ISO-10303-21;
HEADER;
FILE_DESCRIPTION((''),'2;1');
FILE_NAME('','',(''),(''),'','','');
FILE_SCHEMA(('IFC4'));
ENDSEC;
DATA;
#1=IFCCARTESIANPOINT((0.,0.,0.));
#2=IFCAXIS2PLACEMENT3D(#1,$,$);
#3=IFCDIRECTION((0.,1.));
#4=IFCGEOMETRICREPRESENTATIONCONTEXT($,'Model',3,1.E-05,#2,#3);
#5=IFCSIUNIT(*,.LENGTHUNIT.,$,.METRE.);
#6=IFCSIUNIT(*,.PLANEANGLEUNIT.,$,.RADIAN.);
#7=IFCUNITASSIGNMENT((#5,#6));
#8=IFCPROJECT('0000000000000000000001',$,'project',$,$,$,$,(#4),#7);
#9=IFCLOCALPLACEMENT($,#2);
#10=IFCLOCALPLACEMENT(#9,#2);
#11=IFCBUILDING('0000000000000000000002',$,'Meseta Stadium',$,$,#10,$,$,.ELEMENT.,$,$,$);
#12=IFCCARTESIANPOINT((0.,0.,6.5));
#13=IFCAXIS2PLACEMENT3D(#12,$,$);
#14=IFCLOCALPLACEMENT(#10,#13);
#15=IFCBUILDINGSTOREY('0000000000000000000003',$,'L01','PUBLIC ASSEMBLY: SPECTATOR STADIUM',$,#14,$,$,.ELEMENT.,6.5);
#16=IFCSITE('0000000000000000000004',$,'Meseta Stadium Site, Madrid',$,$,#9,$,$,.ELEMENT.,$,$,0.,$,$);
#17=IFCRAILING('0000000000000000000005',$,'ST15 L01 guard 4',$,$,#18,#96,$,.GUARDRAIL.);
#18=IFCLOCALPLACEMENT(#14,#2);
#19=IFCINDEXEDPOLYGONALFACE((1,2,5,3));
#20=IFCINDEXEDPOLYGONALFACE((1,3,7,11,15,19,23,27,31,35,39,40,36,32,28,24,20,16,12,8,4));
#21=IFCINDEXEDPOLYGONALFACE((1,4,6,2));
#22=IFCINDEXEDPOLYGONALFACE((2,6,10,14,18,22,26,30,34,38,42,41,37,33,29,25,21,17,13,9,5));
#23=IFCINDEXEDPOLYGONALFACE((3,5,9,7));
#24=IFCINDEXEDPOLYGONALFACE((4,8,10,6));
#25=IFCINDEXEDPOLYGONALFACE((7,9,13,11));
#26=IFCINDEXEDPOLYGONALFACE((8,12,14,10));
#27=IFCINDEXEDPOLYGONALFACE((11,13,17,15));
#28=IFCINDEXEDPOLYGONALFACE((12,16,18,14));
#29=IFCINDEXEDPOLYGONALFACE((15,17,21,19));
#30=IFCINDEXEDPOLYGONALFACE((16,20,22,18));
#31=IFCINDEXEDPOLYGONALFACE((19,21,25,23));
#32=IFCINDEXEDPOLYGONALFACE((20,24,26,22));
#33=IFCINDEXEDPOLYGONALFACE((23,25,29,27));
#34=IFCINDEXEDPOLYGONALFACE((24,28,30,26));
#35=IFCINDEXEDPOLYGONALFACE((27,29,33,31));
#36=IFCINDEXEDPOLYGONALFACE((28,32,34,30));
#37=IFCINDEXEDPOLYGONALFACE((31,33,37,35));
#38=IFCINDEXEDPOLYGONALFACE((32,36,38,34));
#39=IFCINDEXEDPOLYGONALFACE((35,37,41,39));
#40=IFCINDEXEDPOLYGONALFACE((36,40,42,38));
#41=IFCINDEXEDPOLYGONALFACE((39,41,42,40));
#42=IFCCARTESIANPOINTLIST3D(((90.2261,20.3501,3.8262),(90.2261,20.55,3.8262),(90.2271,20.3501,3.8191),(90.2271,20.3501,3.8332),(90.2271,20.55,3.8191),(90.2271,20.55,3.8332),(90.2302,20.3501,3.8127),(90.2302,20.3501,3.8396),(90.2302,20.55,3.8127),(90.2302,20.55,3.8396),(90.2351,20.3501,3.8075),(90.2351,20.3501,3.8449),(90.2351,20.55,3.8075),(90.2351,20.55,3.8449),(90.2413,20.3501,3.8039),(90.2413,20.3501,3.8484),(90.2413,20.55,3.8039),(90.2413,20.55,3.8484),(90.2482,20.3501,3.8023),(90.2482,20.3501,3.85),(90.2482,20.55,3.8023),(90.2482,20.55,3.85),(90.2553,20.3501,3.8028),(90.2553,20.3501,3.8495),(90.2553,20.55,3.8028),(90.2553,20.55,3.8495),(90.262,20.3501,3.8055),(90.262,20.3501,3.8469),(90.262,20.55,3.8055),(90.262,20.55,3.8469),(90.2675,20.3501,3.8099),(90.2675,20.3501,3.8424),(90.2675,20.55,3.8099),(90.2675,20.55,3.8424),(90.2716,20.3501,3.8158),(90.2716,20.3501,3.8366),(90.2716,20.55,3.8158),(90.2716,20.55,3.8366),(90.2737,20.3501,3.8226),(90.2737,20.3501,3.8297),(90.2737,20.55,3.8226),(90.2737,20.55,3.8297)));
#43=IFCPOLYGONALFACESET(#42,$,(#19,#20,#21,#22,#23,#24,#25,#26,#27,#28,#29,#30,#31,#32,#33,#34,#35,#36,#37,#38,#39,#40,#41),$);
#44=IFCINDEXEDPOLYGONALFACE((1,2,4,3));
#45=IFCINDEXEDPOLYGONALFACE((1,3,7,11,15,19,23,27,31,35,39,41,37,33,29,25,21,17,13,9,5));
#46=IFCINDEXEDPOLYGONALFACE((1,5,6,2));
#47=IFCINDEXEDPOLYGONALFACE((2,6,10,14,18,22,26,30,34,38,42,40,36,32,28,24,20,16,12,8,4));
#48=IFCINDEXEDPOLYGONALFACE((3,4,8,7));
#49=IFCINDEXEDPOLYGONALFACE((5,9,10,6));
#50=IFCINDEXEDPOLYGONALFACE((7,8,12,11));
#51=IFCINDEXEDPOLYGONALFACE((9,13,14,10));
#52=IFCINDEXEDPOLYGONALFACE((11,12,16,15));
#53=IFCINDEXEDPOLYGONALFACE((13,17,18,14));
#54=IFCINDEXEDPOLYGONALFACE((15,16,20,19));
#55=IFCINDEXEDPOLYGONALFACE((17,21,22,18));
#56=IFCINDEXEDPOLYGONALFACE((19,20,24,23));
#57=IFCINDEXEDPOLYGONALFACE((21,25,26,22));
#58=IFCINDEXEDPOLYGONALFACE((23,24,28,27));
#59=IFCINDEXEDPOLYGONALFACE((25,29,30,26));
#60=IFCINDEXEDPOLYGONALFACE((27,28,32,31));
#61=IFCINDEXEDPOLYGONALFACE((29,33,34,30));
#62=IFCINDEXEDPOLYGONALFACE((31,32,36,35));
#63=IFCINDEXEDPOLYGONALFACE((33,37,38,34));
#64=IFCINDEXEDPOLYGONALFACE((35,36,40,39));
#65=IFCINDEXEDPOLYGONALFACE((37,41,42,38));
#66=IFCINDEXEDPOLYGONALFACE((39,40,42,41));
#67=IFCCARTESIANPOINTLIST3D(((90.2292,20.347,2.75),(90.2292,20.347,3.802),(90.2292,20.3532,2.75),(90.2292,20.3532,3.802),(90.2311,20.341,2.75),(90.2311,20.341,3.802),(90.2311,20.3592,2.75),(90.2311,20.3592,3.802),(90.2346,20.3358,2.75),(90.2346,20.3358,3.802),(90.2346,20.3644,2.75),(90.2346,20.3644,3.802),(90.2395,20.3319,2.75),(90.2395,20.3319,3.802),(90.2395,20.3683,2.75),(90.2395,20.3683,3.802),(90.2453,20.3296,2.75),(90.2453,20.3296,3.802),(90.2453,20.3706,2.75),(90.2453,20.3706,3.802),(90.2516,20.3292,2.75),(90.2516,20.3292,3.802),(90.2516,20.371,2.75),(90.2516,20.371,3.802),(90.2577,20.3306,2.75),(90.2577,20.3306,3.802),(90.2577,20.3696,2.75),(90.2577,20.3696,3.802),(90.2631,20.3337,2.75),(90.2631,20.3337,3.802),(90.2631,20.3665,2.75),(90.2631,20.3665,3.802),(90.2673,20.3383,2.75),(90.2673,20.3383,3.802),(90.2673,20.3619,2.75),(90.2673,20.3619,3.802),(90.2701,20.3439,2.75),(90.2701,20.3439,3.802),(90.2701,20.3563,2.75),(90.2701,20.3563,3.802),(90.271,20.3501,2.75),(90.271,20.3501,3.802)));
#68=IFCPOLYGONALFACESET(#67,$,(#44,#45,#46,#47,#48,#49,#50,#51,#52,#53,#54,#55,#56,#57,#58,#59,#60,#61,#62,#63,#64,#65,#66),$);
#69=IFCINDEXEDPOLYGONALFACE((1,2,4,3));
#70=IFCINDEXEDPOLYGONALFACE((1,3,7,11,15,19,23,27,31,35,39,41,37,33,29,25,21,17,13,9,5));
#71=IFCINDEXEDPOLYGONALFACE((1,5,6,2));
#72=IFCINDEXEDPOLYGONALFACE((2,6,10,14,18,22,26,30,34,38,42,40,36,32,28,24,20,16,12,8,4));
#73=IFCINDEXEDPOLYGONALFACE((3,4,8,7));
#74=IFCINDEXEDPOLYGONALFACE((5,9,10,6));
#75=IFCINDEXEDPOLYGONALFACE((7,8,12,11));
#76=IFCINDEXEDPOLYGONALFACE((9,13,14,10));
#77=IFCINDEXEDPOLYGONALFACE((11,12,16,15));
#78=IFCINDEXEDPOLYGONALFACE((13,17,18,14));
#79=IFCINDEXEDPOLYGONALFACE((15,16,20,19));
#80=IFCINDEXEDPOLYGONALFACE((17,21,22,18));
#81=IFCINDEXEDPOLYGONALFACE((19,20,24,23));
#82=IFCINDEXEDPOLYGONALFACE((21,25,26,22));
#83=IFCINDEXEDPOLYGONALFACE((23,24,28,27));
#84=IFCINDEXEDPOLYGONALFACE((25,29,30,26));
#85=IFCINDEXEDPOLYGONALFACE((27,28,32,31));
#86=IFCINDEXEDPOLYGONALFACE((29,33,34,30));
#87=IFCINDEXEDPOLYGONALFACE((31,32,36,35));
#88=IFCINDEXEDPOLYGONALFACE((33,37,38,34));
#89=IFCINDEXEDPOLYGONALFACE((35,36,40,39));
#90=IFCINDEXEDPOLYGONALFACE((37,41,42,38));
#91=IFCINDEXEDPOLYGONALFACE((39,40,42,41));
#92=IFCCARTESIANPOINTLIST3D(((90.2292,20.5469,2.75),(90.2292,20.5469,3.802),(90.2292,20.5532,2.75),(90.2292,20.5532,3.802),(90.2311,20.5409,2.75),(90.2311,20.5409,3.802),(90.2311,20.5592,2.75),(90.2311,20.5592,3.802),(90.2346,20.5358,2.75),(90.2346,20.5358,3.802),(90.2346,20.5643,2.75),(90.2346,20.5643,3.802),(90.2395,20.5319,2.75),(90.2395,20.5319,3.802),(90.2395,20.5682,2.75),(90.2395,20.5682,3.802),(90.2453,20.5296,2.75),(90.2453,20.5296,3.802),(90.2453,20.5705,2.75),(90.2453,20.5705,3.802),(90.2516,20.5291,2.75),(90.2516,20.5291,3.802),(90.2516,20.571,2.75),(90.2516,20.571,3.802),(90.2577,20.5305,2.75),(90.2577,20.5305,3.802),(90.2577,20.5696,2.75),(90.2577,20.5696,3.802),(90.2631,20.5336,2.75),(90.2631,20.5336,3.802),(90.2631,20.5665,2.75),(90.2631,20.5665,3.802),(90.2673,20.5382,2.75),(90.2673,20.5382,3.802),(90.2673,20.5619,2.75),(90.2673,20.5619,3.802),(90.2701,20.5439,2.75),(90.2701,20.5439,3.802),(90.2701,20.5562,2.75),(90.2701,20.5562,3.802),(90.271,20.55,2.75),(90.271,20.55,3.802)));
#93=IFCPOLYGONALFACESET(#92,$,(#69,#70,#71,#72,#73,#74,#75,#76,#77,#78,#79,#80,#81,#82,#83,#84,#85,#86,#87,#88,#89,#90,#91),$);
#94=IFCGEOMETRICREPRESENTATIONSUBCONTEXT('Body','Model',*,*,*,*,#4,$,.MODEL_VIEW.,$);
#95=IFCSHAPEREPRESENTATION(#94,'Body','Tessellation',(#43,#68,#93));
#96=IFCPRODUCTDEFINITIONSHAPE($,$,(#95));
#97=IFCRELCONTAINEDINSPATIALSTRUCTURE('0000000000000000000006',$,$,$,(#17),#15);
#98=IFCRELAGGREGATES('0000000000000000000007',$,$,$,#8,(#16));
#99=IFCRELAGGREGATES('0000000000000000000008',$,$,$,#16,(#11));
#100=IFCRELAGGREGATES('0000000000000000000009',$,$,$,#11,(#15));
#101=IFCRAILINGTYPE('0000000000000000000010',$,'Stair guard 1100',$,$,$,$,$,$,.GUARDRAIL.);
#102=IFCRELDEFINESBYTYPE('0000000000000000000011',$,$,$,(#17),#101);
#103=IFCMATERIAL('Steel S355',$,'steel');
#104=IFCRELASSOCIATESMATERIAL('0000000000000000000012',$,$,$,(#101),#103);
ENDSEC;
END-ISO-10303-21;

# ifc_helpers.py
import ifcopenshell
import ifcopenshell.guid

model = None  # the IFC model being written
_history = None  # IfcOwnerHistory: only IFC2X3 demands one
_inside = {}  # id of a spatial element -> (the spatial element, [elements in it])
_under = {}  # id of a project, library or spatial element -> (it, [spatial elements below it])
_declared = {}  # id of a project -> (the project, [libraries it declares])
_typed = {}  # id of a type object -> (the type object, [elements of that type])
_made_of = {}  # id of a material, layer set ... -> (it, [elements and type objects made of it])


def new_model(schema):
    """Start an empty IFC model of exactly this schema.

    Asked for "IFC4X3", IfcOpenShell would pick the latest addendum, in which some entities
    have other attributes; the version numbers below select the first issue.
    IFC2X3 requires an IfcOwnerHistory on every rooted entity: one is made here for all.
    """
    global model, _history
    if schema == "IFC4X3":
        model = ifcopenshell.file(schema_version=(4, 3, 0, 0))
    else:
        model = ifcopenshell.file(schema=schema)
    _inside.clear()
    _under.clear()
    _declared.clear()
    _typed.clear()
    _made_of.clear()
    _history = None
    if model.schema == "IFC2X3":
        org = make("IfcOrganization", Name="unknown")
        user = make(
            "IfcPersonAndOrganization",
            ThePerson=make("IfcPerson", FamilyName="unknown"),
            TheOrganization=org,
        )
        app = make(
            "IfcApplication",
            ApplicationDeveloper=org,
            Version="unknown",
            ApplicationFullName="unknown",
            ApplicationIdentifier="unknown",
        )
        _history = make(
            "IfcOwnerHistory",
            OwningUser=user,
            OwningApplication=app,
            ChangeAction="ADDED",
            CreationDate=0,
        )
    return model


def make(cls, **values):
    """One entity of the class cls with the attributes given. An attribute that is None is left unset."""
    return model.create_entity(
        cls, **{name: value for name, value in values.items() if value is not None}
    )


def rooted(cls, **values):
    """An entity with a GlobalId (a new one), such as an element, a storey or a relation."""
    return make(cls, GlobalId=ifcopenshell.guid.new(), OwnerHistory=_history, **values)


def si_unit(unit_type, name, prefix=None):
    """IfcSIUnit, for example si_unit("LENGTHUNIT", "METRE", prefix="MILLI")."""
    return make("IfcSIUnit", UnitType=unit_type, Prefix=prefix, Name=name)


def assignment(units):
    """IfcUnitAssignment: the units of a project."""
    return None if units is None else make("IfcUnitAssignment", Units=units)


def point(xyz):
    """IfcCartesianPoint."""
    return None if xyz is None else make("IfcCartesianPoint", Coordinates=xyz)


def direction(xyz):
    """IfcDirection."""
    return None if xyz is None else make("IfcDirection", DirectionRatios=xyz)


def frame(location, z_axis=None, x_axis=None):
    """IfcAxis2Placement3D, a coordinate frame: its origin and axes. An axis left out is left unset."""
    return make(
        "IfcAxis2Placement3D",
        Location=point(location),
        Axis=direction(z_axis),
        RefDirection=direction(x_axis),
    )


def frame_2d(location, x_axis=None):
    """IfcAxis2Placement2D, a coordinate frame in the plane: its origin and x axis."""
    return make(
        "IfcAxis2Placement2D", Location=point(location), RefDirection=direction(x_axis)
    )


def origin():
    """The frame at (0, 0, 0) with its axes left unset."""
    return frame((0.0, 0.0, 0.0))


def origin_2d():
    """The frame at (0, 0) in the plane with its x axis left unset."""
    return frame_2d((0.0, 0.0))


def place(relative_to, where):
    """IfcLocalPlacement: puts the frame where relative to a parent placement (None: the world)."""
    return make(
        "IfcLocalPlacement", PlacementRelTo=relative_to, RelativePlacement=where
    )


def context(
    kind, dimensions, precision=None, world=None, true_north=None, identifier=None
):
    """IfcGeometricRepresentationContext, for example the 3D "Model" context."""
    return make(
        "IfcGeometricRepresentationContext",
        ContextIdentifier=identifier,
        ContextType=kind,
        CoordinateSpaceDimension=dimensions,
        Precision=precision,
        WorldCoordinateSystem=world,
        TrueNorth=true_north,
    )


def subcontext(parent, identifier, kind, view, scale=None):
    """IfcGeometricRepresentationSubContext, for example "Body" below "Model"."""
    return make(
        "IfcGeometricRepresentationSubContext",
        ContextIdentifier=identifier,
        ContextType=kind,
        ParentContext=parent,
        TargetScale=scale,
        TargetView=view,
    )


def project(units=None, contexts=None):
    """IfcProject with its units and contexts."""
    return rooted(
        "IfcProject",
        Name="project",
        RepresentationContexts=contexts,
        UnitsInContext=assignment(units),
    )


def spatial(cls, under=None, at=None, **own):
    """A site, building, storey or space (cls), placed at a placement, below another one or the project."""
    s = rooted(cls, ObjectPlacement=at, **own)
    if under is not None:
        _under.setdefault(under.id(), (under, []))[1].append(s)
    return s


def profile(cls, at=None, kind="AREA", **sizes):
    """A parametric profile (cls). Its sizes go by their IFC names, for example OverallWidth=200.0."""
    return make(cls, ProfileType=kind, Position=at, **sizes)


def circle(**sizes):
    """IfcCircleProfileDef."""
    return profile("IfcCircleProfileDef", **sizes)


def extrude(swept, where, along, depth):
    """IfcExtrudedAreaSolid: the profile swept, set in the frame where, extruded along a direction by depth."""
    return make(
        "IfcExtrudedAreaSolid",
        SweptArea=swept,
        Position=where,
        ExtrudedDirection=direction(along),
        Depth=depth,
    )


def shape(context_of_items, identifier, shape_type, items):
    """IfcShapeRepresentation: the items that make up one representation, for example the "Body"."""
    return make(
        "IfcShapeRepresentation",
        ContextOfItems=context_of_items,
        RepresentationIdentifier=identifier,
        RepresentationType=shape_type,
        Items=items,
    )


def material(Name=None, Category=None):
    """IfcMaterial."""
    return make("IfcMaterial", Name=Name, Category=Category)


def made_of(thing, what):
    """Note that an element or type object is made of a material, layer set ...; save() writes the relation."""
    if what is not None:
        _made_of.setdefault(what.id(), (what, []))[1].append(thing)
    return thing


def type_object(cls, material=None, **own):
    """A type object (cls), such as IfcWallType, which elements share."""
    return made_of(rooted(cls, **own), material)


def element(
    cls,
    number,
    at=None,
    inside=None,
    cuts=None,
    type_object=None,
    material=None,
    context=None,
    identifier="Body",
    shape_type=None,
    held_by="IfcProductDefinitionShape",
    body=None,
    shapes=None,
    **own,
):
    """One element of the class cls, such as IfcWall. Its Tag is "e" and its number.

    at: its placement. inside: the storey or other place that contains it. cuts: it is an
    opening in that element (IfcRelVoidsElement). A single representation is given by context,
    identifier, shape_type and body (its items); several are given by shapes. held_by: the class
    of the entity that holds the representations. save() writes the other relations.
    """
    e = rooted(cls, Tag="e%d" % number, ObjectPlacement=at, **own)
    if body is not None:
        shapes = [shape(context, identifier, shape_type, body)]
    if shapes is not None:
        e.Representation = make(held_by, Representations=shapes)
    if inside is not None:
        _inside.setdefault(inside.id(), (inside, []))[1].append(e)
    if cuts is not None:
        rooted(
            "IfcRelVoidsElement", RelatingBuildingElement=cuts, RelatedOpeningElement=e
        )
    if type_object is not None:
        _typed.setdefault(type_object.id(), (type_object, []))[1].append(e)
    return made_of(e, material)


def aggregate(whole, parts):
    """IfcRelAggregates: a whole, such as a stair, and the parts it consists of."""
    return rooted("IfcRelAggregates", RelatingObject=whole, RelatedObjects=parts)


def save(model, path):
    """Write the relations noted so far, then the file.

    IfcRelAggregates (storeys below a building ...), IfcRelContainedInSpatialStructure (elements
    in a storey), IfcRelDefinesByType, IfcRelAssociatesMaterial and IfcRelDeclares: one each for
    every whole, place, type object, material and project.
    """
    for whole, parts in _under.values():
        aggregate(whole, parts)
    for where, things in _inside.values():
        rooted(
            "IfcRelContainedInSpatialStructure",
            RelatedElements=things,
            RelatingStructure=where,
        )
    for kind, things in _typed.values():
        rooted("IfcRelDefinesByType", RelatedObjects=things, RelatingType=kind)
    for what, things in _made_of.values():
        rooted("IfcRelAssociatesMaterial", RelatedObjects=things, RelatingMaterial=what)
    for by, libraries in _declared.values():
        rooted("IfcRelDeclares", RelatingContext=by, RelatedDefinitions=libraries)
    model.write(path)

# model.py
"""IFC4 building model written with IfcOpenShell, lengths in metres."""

from ifc_helpers import new_model, si_unit, direction, frame, origin, origin_2d, place, context, subcontext, project, spatial, circle, extrude, material, type_object, element, save


model = new_model("IFC4")

# Units and contexts
model_context = context("Model", 3, precision=1e-05, world=origin(), true_north=direction((0.0, 1.0)))
body_context = subcontext(model_context, "Body", "Model", "MODEL_VIEW")
ifc_project = project(units=[si_unit("LENGTHUNIT", "METRE"), si_unit("PLANEANGLEUNIT", "RADIAN")], contexts=[model_context])

# Site, building, storey
site_placement = place(None, origin())
site = spatial("IfcSite", under=ifc_project, at=site_placement, Name="Meseta Stadium Site, Madrid", CompositionType="ELEMENT", RefElevation=0.0)
building_placement = place(site_placement, origin())
building = spatial("IfcBuilding", under=site, at=building_placement, Name="Meseta Stadium", CompositionType="ELEMENT")
storey_placement = place(building_placement, frame((0.0, 0.0, 6.5)))
storey = spatial("IfcBuildingStorey", under=building, at=storey_placement, Name="L01", Description="PUBLIC ASSEMBLY: SPECTATOR STADIUM", CompositionType="ELEMENT", Elevation=6.5)

# Railing
ifc_material_1 = material(Name="Steel S355", Category="steel")
railing_type_1 = type_object("IfcRailingType", Name="Stair guard 1100", PredefinedType="GUARDRAIL", material=ifc_material_1)
railing_1_placement = place(storey_placement, frame((90.25, 20.3501, 2.75)))
element("IfcRailing", 1, at=railing_1_placement, inside=storey, type_object=railing_type_1, Name="ST15 L01 guard 4", PredefinedType="GUARDRAIL", context=body_context, shape_type="SweptSolid", body=[
    extrude(circle(Radius=0.0239, at=origin_2d()), frame((0.0, 0.0, 1.0762), z_axis=(0.0, 1.0, 0.0), x_axis=(-1.0, 0.0, 0.0)), (0.0, 0.0, 1.0), 0.2),
    extrude(circle(Radius=0.021, at=origin_2d()), origin(), (0.0, 0.0, 1.0), 1.052),
    extrude(circle(Radius=0.021, at=origin_2d()), frame((0.0, 0.2, 0.0)), (0.0, 0.0, 1.0), 1.052),
])

save(model, "model.ifc")
